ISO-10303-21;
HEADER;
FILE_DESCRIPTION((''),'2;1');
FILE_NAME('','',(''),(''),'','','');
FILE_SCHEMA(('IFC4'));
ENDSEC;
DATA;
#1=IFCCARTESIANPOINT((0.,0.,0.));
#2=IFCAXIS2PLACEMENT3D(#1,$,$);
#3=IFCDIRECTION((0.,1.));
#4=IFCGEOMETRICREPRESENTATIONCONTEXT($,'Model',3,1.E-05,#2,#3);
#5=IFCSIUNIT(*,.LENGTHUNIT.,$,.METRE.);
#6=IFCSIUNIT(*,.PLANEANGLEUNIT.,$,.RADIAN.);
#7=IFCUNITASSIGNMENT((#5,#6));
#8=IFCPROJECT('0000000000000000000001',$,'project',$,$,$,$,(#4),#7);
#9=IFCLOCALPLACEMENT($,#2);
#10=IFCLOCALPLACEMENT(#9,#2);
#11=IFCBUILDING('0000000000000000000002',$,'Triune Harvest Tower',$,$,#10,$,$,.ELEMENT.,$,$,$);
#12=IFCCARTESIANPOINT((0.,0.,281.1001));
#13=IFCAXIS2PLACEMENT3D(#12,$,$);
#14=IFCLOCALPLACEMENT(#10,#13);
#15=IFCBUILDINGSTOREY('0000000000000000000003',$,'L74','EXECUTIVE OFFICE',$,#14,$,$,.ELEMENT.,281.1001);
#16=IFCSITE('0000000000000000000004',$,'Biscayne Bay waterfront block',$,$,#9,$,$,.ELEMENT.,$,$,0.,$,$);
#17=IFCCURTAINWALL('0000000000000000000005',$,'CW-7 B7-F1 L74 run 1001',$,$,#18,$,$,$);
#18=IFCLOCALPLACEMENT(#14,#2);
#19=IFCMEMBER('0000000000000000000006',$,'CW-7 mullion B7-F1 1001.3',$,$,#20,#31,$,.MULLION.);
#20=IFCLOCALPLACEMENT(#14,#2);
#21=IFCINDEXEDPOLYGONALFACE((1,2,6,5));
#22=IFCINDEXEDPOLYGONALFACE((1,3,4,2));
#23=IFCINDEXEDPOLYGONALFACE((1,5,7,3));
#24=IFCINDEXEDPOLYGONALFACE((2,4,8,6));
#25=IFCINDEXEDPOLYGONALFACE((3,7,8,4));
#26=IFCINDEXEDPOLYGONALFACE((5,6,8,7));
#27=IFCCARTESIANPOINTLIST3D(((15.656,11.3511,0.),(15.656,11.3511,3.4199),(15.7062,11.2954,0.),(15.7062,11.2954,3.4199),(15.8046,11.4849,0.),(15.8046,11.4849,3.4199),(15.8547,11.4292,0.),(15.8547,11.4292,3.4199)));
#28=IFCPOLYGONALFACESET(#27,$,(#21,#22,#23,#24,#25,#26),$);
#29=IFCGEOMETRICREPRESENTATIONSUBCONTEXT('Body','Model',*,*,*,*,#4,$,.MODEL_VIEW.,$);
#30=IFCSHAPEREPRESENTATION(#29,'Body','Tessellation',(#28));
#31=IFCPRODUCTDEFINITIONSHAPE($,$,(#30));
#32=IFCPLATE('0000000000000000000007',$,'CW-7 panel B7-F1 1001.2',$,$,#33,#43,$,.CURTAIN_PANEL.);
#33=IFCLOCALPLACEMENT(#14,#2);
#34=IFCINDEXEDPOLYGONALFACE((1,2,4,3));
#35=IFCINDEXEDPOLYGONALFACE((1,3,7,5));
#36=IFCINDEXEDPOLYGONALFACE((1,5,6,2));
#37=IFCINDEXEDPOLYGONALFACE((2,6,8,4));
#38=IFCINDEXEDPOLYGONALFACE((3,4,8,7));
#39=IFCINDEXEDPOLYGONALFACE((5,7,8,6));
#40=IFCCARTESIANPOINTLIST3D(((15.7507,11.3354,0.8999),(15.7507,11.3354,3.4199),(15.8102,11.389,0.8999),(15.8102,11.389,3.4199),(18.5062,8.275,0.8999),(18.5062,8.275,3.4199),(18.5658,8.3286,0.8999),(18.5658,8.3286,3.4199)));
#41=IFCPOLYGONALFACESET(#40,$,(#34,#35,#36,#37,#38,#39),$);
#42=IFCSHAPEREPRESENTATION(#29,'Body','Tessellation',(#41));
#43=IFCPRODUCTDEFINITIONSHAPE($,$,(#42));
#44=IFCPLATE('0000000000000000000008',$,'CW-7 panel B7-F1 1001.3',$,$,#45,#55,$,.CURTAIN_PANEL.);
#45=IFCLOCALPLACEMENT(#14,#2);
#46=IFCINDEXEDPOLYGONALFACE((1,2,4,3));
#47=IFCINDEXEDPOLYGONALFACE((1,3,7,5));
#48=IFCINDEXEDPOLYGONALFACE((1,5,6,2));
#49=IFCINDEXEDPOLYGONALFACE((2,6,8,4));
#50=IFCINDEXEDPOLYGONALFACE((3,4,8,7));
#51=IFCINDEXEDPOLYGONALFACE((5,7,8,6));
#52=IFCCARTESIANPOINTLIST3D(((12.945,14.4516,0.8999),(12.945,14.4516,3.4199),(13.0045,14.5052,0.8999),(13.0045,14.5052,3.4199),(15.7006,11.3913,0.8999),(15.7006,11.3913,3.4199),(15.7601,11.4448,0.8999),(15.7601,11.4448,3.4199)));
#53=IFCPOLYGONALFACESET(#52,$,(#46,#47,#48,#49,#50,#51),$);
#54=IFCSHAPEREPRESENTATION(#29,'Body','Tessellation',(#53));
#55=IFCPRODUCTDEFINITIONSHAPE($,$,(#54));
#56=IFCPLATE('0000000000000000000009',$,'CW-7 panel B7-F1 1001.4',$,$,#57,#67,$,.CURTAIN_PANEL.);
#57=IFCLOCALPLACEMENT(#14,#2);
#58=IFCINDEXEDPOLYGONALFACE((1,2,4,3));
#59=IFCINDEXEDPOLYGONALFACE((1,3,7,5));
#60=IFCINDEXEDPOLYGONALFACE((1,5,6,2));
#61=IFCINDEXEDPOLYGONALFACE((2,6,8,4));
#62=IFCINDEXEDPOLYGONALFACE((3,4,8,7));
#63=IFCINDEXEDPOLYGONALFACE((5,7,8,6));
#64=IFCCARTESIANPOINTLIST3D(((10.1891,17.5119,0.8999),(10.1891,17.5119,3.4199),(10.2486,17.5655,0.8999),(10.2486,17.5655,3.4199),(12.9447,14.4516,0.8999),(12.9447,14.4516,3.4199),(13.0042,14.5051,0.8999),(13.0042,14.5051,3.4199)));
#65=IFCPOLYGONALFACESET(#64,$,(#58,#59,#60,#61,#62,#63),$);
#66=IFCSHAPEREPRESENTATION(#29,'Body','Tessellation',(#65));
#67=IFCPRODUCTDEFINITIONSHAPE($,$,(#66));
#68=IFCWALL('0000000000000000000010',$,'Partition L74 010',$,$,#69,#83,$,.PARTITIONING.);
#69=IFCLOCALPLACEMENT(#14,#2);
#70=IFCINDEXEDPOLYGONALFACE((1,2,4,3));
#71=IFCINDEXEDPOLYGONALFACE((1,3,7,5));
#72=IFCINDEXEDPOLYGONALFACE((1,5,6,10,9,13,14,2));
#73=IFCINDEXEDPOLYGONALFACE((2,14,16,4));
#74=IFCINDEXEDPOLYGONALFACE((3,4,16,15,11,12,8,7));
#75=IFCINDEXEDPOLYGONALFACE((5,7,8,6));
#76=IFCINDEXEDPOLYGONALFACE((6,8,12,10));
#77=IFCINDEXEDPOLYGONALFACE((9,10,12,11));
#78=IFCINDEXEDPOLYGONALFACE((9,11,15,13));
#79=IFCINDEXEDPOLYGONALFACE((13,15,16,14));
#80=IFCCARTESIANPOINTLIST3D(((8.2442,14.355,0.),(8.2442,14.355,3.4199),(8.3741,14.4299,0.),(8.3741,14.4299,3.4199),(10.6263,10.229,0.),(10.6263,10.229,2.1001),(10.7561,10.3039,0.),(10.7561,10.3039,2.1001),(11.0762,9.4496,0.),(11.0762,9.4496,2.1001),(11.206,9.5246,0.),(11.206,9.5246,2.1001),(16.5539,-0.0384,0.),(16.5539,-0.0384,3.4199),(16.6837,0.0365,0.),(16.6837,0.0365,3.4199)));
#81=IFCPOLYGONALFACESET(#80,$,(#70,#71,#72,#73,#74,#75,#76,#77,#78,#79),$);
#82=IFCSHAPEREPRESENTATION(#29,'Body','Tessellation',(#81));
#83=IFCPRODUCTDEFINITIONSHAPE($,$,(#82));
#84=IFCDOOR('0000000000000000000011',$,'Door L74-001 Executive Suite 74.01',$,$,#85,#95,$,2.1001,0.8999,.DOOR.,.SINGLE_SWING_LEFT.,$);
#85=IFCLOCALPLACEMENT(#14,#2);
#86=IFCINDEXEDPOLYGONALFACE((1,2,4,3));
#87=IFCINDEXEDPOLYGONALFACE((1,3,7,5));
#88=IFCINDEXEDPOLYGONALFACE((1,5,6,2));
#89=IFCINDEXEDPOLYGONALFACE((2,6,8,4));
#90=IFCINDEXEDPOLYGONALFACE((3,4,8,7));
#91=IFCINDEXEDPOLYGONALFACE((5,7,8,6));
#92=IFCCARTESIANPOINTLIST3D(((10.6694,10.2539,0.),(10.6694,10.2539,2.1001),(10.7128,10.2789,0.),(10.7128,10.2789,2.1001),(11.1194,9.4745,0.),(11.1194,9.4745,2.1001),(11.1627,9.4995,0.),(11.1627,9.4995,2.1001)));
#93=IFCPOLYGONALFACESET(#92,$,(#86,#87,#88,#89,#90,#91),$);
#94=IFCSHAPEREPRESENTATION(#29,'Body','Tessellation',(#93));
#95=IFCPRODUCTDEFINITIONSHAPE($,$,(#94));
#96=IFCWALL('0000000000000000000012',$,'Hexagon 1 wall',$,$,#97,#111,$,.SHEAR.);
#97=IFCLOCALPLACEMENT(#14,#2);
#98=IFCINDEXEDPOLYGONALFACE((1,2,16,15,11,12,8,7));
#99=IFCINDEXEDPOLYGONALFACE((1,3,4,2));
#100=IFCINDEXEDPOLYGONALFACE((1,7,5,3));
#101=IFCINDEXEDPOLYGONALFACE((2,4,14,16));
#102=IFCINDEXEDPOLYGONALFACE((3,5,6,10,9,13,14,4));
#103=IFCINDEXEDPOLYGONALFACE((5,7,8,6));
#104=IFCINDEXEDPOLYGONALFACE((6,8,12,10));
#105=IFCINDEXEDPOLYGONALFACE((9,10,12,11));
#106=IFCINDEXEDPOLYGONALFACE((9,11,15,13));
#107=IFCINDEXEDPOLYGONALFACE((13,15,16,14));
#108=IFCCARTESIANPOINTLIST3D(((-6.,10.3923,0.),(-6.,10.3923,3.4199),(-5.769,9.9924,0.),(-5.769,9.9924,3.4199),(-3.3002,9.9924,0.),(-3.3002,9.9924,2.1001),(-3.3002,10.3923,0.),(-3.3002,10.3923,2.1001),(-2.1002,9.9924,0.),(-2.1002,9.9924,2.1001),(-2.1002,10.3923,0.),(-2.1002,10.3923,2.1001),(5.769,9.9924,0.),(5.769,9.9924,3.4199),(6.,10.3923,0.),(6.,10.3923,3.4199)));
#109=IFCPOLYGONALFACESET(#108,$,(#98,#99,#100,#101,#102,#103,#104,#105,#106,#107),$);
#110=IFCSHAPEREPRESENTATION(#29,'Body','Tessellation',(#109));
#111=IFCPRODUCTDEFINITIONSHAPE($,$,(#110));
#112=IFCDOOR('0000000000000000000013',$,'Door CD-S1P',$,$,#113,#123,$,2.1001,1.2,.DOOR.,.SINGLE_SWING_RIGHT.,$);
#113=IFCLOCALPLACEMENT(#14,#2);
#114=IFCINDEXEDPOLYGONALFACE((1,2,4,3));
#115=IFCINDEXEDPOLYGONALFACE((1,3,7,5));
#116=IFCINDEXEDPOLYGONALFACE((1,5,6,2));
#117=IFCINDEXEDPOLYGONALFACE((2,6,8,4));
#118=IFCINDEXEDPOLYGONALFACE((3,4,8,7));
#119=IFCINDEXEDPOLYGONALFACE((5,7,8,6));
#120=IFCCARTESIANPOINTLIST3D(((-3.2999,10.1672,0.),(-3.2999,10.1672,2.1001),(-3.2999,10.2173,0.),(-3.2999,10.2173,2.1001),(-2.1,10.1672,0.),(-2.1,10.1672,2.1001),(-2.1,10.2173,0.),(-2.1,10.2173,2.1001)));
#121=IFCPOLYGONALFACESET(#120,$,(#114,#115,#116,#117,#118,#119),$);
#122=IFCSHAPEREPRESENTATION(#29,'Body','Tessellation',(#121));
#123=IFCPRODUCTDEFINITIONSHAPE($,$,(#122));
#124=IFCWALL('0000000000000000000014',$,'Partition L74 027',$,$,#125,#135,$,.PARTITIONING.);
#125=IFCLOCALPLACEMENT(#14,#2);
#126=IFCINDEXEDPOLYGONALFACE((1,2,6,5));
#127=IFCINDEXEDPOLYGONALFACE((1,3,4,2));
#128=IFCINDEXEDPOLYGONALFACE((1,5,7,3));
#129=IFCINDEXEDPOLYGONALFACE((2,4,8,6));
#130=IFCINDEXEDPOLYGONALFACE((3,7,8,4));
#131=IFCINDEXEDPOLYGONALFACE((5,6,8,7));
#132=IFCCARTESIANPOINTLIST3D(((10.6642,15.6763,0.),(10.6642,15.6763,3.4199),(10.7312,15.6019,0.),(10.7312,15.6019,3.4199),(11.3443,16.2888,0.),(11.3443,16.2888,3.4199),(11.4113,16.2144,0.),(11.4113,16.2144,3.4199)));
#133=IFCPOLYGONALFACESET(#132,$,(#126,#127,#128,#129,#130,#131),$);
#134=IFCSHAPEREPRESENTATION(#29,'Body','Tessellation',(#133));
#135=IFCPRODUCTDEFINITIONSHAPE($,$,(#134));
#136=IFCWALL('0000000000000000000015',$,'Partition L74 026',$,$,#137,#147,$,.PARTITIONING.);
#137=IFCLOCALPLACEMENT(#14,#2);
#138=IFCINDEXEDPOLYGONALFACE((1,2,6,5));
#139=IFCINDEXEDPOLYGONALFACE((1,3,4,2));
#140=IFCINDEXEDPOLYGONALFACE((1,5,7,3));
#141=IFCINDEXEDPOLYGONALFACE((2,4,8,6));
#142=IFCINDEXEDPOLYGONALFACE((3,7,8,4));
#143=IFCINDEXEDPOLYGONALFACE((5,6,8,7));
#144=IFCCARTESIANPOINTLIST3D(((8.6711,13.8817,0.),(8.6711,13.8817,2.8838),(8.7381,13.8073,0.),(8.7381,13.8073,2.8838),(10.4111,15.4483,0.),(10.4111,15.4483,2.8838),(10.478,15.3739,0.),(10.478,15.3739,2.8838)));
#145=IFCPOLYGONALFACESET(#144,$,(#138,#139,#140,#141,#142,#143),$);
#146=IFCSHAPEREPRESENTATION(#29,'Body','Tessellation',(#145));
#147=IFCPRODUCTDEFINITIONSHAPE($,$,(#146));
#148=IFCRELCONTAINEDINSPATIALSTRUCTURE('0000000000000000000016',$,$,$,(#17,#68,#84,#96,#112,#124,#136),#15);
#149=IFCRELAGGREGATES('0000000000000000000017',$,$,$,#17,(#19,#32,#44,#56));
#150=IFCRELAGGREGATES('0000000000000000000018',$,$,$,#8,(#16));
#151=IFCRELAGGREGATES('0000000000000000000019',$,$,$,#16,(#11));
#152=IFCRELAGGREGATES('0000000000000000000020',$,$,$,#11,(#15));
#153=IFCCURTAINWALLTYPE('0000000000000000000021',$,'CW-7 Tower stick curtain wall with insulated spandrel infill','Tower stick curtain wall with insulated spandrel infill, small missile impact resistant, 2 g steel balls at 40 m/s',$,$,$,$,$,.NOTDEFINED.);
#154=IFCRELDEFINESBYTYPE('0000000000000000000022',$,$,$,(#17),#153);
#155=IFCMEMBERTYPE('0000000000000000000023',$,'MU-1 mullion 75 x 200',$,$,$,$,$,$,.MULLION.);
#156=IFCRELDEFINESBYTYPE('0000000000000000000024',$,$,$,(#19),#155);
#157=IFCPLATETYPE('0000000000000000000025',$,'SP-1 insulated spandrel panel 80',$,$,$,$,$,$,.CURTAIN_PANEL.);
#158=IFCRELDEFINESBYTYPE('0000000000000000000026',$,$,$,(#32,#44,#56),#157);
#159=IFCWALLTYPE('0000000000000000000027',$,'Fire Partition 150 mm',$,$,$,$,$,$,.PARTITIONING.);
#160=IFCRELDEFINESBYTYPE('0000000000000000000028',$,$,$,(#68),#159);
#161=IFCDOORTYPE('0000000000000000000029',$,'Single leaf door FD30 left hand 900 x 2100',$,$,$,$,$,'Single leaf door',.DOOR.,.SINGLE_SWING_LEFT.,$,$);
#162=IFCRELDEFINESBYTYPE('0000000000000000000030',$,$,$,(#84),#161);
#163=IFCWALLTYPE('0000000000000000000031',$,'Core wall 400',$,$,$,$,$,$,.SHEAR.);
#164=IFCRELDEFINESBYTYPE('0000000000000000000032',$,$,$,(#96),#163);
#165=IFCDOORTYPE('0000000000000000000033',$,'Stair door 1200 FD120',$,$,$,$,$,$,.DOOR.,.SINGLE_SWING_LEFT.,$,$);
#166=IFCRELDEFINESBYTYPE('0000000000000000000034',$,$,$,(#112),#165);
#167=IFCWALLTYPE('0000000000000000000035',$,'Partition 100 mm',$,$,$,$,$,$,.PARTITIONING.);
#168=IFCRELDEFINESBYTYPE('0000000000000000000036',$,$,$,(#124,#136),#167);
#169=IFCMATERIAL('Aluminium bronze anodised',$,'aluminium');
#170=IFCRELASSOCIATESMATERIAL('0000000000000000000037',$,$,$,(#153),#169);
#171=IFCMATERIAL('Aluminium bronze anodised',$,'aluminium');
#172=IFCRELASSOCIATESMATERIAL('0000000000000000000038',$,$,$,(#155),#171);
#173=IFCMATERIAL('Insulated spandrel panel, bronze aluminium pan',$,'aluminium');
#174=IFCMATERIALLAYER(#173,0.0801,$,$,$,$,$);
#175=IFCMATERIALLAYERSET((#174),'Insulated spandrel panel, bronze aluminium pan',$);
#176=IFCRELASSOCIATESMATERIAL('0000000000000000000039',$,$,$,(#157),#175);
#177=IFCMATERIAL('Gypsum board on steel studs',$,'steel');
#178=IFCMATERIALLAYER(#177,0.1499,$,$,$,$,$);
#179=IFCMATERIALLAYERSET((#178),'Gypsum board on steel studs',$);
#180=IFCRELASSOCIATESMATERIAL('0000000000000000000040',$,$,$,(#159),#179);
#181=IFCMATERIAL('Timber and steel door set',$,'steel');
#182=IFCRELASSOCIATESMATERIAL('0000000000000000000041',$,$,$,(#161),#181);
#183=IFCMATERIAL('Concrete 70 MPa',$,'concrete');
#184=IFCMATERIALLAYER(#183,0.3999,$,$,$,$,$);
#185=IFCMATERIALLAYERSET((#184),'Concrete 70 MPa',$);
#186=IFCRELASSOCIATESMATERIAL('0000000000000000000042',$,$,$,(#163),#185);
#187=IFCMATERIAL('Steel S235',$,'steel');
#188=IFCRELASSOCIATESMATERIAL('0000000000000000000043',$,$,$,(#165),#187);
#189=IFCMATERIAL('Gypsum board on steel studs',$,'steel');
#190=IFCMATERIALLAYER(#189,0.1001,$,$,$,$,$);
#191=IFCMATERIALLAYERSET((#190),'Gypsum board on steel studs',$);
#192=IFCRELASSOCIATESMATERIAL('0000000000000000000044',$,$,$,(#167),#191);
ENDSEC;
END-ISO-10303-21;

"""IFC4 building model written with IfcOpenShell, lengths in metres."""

from ifc_helpers import new_model, si_unit, direction, frame, frame_2d, origin, origin_2d, place, context, subcontext, project, spatial, polyline, rectangle, outline, extrude, source, transform, mapped, material, layer, layer_set, material_profile, profile_set, type_object, element, fill, aggregate, save


model = new_model("IFC4")

# Units and contexts
model_context = context("Model", 3, precision=1e-05, world=origin(), true_north=direction((0.0, 1.0)))
body_context = subcontext(model_context, "Body", "Model", "MODEL_VIEW")
ifc_project = project(units=[si_unit("LENGTHUNIT", "METRE"), si_unit("PLANEANGLEUNIT", "RADIAN")], contexts=[model_context])

# Site, building, storey
site_placement = place(None, origin())
site = spatial("IfcSite", under=ifc_project, at=site_placement, Name="Biscayne Bay waterfront block", CompositionType="ELEMENT", RefElevation=0.0)
building_placement = place(site_placement, origin())
building = spatial("IfcBuilding", under=site, at=building_placement, Name="Triune Harvest Tower", CompositionType="ELEMENT")
storey_placement = place(building_placement, frame((0.0, 0.0, 281.1001)))
storey = spatial("IfcBuildingStorey", under=building, at=storey_placement, Name="L74", Description="EXECUTIVE OFFICE", CompositionType="ELEMENT", Elevation=281.1001)

# Curtain wall, member, plates
ifc_material_1 = material(Name="Aluminium bronze anodised", Category="aluminium")
curtain_wall_type = type_object("IfcCurtainWallType", Name="CW-7 Tower stick curtain wall with insulated spandrel infill", Description="Tower stick curtain wall with insulated spandrel infill, small missile impact resistant, 2 g steel balls at 40 m/s", PredefinedType="NOTDEFINED", material=ifc_material_1)
curtain_wall_placement = place(storey_placement, origin())
curtain_wall = element("IfcCurtainWall", 1, at=curtain_wall_placement, inside=storey, type_object=curtain_wall_type, Name="CW-7 B7-F1 L74 run 1001")
ifc_material_2 = material(Name="Aluminium bronze anodised", Category="aluminium")
ifc_material_profile_1 = material_profile(ifc_material_2, rectangle(XDim=0.2, YDim=0.075, at=origin_2d()), Name="MU-1 mullion 75 x 200")
ifc_profile_set_1 = profile_set([ifc_material_profile_1], Name="Aluminium bronze anodised")
member_type_1 = type_object("IfcMemberType", Name="MU-1 mullion 75 x 200", PredefinedType="MULLION", material=ifc_profile_set_1)
shared_shape_1 = source(origin(), body_context, "Body", "SweptSolid", [
    extrude(rectangle(XDim=0.2, YDim=0.075, at=origin_2d()), origin(), (0.0, 0.0, 1.0), 3.4199),
])
member_1_placement = place(storey_placement, frame((15.7554, 11.3901, 0.0), z_axis=(0.0, 0.0, 1.0), x_axis=(-0.743144, -0.669131, 0.0)))
member_1 = element("IfcMember", 2, at=member_1_placement, type_object=member_type_1, Name="CW-7 mullion B7-F1 1001.3", PredefinedType="MULLION", context=body_context, shape_type="MappedRepresentation", body=[
    mapped(shared_shape_1, transform((0.0, 0.0, 0.0), scale=1.0)),
])
ifc_material_3 = material(Name="Insulated spandrel panel, bronze aluminium pan", Category="aluminium")
ifc_layer_1 = layer(ifc_material_3, 0.0801)
ifc_layer_set_1 = layer_set([ifc_layer_1], Name="Insulated spandrel panel, bronze aluminium pan")
plate_type = type_object("IfcPlateType", Name="SP-1 insulated spandrel panel 80", PredefinedType="CURTAIN_PANEL", material=ifc_layer_set_1)
shared_shape_2 = source(origin(), body_context, "Body", "SweptSolid", [
    extrude(rectangle(XDim=4.1182, YDim=0.0801, at=origin_2d()), origin(), (0.0, 0.0, 1.0), 2.52),
])
plate_1_placement = place(storey_placement, frame((17.1582, 9.832, 0.8999), z_axis=(0.0, 0.0, 1.0), x_axis=(-0.669131, 0.743144, 0.0)))
plate_1 = element("IfcPlate", 3, at=plate_1_placement, type_object=plate_type, Name="CW-7 panel B7-F1 1001.2", PredefinedType="CURTAIN_PANEL", context=body_context, shape_type="MappedRepresentation", body=[
    mapped(shared_shape_2, transform((0.0, 0.0, 0.0), scale=1.0)),
])
plate_2_placement = place(storey_placement, frame((14.3525, 12.9482, 0.8999), z_axis=(0.0, 0.0, 1.0), x_axis=(-0.669131, 0.743144, 0.0)))
plate_2 = element("IfcPlate", 4, at=plate_2_placement, type_object=plate_type, Name="CW-7 panel B7-F1 1001.3", PredefinedType="CURTAIN_PANEL", context=body_context, shape_type="MappedRepresentation", body=[
    mapped(shared_shape_2, transform((0.0, 0.0, 0.0), scale=1.0)),
])
plate_3_placement = place(storey_placement, frame((11.5967, 16.0085, 0.8999), z_axis=(0.0, 0.0, 1.0), x_axis=(-0.669131, 0.743144, 0.0)))
plate_3 = element("IfcPlate", 5, at=plate_3_placement, type_object=plate_type, Name="CW-7 panel B7-F1 1001.4", PredefinedType="CURTAIN_PANEL", context=body_context, shape_type="MappedRepresentation", body=[
    mapped(shared_shape_2, transform((0.0, 0.0, 0.0), scale=1.0)),
])
aggregate(curtain_wall, [member_1, plate_1, plate_2, plate_3])

# Walls, openings, doors
ifc_material_4 = material(Name="Gypsum board on steel studs", Category="steel")
ifc_layer_2 = layer(ifc_material_4, 0.1499)
ifc_layer_set_2 = layer_set([ifc_layer_2], Name="Gypsum board on steel studs")
wall_type_1 = type_object("IfcWallType", Name="Fire Partition 150 mm", PredefinedType="PARTITIONING", material=ifc_layer_set_2)
wall_1_placement = place(storey_placement, frame((8.3091, 14.3926, 0.0), z_axis=(0.0, 0.0, 1.0), x_axis=(0.499981, -0.866036, 0.0)))
wall_1 = element("IfcWall", 6, at=wall_1_placement, inside=storey, type_object=wall_type_1, Name="Partition L74 010", PredefinedType="PARTITIONING", context=body_context, shape_type="SweptSolid", body=[
    extrude(rectangle(XDim=16.6199, YDim=0.1499, at=frame_2d((8.3101, 0.0))), origin(), (0.0, 0.0, 1.0), 3.4199),
])
opening_1_placement = place(wall_1_placement, frame((4.7644, 0.0, 0.0)))
opening_1 = element("IfcOpeningElement", 7, at=opening_1_placement, cuts=wall_1, PredefinedType="OPENING", context=body_context, shape_type="SweptSolid", body=[
    extrude(rectangle(XDim=0.8999, YDim=2.1001, at=frame_2d((0.45, 1.05))), frame((0.0, 0.085, 0.0), z_axis=(0.0, -1.0, 0.0), x_axis=(1.0, 0.0, 0.0)), (0.0, 0.0, 1.0), 0.1699),
])
ifc_material_5 = material(Name="Timber and steel door set", Category="steel")
door_type_1 = type_object("IfcDoorType", Name="Single leaf door FD30 left hand 900 x 2100", ElementType="Single leaf door", OperationType="SINGLE_SWING_LEFT", PredefinedType="DOOR", material=ifc_material_5)
door_1_placement = place(opening_1_placement, origin())
door_1 = element("IfcDoor", 8, at=door_1_placement, inside=storey, type_object=door_type_1, Name="Door L74-001 Executive Suite 74.01", OperationType="SINGLE_SWING_LEFT", OverallHeight=2.1001, OverallWidth=0.8999, PredefinedType="DOOR", context=body_context, shape_type="SweptSolid", body=[
    extrude(rectangle(XDim=0.8999, YDim=2.1001, at=frame_2d((0.45, 1.05))), frame((0.0, 0.0249, 0.0), z_axis=(0.0, -1.0, 0.0), x_axis=(1.0, 0.0, 0.0)), (0.0, 0.0, 1.0), 0.05),
])
fill(opening_1, door_1)
ifc_material_6 = material(Name="Concrete 70 MPa", Category="concrete")
ifc_layer_3 = layer(ifc_material_6, 0.3999)
ifc_layer_set_3 = layer_set([ifc_layer_3], Name="Concrete 70 MPa")
wall_type_2 = type_object("IfcWallType", Name="Core wall 400", PredefinedType="SHEAR", material=ifc_layer_set_3)
shared_shape_3 = source(origin(), body_context, "Body", "SweptSolid", [
    extrude(outline(polyline([(-0.1155, -0.2), (11.8845, -0.2), (11.6536, 0.2), (0.1155, 0.2), (-0.1155, -0.2)])), origin(), (0.0, 0.0, 1.0), 3.4199),
])
wall_2_placement = place(storey_placement, frame((5.8845, 10.1924, 0.0), z_axis=(0.0, 0.0, 1.0), x_axis=(-1.0, 0.0, 0.0)))
wall_2 = element("IfcWall", 9, at=wall_2_placement, inside=storey, type_object=wall_type_2, Name="Hexagon 1 wall", PredefinedType="SHEAR", context=body_context, shape_type="MappedRepresentation", body=[
    mapped(shared_shape_3, transform((0.0, 0.0, 0.0), scale=1.0)),
])
opening_2_placement = place(wall_2_placement, frame((7.9846, 0.0, 0.0)))
opening_2 = element("IfcOpeningElement", 10, at=opening_2_placement, cuts=wall_2, PredefinedType="OPENING", context=body_context, shape_type="SweptSolid", body=[
    extrude(rectangle(XDim=1.2, YDim=2.1001, at=frame_2d((0.6001, 1.05))), frame((0.0, 0.21, 0.0), z_axis=(0.0, -1.0, 0.0), x_axis=(1.0, 0.0, 0.0)), (0.0, 0.0, 1.0), 0.4199),
])
ifc_material_7 = material(Name="Steel S235", Category="steel")
door_type_2 = type_object("IfcDoorType", Name="Stair door 1200 FD120", OperationType="SINGLE_SWING_LEFT", PredefinedType="DOOR", material=ifc_material_7)
door_2_placement = place(opening_2_placement, frame((1.2, 0.0, 0.0), z_axis=(0.0, 0.0, 1.0), x_axis=(-1.0, 0.0, 0.0)))
door_2 = element("IfcDoor", 11, at=door_2_placement, inside=storey, type_object=door_type_2, Name="Door CD-S1P", OperationType="SINGLE_SWING_RIGHT", OverallHeight=2.1001, OverallWidth=1.2, PredefinedType="DOOR", context=body_context, shape_type="SweptSolid", body=[
    extrude(rectangle(XDim=1.2, YDim=2.1001, at=frame_2d((0.6001, 1.05))), frame((0.0, 0.0249, 0.0), z_axis=(0.0, -1.0, 0.0), x_axis=(1.0, 0.0, 0.0)), (0.0, 0.0, 1.0), 0.05),
])
fill(opening_2, door_2)

# Walls
ifc_material_8 = material(Name="Gypsum board on steel studs", Category="steel")
ifc_layer_4 = layer(ifc_material_8, 0.1001)
ifc_layer_set_4 = layer_set([ifc_layer_4], Name="Gypsum board on steel studs")
wall_type_3 = type_object("IfcWallType", Name="Partition 100 mm", PredefinedType="PARTITIONING", material=ifc_layer_set_4)
shared_shape_4 = source(origin(), body_context, "Body", "SweptSolid", [
    extrude(rectangle(XDim=0.9153, YDim=0.1001, at=frame_2d((0.4575, 0.0))), origin(), (0.0, 0.0, 1.0), 3.4199),
])
wall_3_placement = place(storey_placement, frame((10.6978, 15.6392, 0.0), z_axis=(0.0, 0.0, 1.0), x_axis=(0.743082, 0.6692, 0.0)))
element("IfcWall", 12, at=wall_3_placement, inside=storey, type_object=wall_type_3, Name="Partition L74 027", PredefinedType="PARTITIONING", context=body_context, shape_type="MappedRepresentation", body=[
    mapped(shared_shape_4, transform((0.0, 0.0, 0.0), scale=1.0)),
])
shared_shape_5 = source(origin(), body_context, "Body", "SweptSolid", [
    extrude(rectangle(XDim=2.3413, YDim=0.1001, at=frame_2d((1.1707, 0.0))), origin(), (0.0, 0.0, 1.0), 2.8838),
])
wall_4_placement = place(storey_placement, frame((8.7046, 13.8445, 0.0), z_axis=(0.0, 0.0, 1.0), x_axis=(0.743154, 0.66912, 0.0)))
element("IfcWall", 13, at=wall_4_placement, inside=storey, type_object=wall_type_3, Name="Partition L74 026", PredefinedType="PARTITIONING", context=body_context, shape_type="MappedRepresentation", body=[
    mapped(shared_shape_5, transform((0.0, 0.0, 0.0), scale=1.0)),
])

save(model, "model.ifc")
